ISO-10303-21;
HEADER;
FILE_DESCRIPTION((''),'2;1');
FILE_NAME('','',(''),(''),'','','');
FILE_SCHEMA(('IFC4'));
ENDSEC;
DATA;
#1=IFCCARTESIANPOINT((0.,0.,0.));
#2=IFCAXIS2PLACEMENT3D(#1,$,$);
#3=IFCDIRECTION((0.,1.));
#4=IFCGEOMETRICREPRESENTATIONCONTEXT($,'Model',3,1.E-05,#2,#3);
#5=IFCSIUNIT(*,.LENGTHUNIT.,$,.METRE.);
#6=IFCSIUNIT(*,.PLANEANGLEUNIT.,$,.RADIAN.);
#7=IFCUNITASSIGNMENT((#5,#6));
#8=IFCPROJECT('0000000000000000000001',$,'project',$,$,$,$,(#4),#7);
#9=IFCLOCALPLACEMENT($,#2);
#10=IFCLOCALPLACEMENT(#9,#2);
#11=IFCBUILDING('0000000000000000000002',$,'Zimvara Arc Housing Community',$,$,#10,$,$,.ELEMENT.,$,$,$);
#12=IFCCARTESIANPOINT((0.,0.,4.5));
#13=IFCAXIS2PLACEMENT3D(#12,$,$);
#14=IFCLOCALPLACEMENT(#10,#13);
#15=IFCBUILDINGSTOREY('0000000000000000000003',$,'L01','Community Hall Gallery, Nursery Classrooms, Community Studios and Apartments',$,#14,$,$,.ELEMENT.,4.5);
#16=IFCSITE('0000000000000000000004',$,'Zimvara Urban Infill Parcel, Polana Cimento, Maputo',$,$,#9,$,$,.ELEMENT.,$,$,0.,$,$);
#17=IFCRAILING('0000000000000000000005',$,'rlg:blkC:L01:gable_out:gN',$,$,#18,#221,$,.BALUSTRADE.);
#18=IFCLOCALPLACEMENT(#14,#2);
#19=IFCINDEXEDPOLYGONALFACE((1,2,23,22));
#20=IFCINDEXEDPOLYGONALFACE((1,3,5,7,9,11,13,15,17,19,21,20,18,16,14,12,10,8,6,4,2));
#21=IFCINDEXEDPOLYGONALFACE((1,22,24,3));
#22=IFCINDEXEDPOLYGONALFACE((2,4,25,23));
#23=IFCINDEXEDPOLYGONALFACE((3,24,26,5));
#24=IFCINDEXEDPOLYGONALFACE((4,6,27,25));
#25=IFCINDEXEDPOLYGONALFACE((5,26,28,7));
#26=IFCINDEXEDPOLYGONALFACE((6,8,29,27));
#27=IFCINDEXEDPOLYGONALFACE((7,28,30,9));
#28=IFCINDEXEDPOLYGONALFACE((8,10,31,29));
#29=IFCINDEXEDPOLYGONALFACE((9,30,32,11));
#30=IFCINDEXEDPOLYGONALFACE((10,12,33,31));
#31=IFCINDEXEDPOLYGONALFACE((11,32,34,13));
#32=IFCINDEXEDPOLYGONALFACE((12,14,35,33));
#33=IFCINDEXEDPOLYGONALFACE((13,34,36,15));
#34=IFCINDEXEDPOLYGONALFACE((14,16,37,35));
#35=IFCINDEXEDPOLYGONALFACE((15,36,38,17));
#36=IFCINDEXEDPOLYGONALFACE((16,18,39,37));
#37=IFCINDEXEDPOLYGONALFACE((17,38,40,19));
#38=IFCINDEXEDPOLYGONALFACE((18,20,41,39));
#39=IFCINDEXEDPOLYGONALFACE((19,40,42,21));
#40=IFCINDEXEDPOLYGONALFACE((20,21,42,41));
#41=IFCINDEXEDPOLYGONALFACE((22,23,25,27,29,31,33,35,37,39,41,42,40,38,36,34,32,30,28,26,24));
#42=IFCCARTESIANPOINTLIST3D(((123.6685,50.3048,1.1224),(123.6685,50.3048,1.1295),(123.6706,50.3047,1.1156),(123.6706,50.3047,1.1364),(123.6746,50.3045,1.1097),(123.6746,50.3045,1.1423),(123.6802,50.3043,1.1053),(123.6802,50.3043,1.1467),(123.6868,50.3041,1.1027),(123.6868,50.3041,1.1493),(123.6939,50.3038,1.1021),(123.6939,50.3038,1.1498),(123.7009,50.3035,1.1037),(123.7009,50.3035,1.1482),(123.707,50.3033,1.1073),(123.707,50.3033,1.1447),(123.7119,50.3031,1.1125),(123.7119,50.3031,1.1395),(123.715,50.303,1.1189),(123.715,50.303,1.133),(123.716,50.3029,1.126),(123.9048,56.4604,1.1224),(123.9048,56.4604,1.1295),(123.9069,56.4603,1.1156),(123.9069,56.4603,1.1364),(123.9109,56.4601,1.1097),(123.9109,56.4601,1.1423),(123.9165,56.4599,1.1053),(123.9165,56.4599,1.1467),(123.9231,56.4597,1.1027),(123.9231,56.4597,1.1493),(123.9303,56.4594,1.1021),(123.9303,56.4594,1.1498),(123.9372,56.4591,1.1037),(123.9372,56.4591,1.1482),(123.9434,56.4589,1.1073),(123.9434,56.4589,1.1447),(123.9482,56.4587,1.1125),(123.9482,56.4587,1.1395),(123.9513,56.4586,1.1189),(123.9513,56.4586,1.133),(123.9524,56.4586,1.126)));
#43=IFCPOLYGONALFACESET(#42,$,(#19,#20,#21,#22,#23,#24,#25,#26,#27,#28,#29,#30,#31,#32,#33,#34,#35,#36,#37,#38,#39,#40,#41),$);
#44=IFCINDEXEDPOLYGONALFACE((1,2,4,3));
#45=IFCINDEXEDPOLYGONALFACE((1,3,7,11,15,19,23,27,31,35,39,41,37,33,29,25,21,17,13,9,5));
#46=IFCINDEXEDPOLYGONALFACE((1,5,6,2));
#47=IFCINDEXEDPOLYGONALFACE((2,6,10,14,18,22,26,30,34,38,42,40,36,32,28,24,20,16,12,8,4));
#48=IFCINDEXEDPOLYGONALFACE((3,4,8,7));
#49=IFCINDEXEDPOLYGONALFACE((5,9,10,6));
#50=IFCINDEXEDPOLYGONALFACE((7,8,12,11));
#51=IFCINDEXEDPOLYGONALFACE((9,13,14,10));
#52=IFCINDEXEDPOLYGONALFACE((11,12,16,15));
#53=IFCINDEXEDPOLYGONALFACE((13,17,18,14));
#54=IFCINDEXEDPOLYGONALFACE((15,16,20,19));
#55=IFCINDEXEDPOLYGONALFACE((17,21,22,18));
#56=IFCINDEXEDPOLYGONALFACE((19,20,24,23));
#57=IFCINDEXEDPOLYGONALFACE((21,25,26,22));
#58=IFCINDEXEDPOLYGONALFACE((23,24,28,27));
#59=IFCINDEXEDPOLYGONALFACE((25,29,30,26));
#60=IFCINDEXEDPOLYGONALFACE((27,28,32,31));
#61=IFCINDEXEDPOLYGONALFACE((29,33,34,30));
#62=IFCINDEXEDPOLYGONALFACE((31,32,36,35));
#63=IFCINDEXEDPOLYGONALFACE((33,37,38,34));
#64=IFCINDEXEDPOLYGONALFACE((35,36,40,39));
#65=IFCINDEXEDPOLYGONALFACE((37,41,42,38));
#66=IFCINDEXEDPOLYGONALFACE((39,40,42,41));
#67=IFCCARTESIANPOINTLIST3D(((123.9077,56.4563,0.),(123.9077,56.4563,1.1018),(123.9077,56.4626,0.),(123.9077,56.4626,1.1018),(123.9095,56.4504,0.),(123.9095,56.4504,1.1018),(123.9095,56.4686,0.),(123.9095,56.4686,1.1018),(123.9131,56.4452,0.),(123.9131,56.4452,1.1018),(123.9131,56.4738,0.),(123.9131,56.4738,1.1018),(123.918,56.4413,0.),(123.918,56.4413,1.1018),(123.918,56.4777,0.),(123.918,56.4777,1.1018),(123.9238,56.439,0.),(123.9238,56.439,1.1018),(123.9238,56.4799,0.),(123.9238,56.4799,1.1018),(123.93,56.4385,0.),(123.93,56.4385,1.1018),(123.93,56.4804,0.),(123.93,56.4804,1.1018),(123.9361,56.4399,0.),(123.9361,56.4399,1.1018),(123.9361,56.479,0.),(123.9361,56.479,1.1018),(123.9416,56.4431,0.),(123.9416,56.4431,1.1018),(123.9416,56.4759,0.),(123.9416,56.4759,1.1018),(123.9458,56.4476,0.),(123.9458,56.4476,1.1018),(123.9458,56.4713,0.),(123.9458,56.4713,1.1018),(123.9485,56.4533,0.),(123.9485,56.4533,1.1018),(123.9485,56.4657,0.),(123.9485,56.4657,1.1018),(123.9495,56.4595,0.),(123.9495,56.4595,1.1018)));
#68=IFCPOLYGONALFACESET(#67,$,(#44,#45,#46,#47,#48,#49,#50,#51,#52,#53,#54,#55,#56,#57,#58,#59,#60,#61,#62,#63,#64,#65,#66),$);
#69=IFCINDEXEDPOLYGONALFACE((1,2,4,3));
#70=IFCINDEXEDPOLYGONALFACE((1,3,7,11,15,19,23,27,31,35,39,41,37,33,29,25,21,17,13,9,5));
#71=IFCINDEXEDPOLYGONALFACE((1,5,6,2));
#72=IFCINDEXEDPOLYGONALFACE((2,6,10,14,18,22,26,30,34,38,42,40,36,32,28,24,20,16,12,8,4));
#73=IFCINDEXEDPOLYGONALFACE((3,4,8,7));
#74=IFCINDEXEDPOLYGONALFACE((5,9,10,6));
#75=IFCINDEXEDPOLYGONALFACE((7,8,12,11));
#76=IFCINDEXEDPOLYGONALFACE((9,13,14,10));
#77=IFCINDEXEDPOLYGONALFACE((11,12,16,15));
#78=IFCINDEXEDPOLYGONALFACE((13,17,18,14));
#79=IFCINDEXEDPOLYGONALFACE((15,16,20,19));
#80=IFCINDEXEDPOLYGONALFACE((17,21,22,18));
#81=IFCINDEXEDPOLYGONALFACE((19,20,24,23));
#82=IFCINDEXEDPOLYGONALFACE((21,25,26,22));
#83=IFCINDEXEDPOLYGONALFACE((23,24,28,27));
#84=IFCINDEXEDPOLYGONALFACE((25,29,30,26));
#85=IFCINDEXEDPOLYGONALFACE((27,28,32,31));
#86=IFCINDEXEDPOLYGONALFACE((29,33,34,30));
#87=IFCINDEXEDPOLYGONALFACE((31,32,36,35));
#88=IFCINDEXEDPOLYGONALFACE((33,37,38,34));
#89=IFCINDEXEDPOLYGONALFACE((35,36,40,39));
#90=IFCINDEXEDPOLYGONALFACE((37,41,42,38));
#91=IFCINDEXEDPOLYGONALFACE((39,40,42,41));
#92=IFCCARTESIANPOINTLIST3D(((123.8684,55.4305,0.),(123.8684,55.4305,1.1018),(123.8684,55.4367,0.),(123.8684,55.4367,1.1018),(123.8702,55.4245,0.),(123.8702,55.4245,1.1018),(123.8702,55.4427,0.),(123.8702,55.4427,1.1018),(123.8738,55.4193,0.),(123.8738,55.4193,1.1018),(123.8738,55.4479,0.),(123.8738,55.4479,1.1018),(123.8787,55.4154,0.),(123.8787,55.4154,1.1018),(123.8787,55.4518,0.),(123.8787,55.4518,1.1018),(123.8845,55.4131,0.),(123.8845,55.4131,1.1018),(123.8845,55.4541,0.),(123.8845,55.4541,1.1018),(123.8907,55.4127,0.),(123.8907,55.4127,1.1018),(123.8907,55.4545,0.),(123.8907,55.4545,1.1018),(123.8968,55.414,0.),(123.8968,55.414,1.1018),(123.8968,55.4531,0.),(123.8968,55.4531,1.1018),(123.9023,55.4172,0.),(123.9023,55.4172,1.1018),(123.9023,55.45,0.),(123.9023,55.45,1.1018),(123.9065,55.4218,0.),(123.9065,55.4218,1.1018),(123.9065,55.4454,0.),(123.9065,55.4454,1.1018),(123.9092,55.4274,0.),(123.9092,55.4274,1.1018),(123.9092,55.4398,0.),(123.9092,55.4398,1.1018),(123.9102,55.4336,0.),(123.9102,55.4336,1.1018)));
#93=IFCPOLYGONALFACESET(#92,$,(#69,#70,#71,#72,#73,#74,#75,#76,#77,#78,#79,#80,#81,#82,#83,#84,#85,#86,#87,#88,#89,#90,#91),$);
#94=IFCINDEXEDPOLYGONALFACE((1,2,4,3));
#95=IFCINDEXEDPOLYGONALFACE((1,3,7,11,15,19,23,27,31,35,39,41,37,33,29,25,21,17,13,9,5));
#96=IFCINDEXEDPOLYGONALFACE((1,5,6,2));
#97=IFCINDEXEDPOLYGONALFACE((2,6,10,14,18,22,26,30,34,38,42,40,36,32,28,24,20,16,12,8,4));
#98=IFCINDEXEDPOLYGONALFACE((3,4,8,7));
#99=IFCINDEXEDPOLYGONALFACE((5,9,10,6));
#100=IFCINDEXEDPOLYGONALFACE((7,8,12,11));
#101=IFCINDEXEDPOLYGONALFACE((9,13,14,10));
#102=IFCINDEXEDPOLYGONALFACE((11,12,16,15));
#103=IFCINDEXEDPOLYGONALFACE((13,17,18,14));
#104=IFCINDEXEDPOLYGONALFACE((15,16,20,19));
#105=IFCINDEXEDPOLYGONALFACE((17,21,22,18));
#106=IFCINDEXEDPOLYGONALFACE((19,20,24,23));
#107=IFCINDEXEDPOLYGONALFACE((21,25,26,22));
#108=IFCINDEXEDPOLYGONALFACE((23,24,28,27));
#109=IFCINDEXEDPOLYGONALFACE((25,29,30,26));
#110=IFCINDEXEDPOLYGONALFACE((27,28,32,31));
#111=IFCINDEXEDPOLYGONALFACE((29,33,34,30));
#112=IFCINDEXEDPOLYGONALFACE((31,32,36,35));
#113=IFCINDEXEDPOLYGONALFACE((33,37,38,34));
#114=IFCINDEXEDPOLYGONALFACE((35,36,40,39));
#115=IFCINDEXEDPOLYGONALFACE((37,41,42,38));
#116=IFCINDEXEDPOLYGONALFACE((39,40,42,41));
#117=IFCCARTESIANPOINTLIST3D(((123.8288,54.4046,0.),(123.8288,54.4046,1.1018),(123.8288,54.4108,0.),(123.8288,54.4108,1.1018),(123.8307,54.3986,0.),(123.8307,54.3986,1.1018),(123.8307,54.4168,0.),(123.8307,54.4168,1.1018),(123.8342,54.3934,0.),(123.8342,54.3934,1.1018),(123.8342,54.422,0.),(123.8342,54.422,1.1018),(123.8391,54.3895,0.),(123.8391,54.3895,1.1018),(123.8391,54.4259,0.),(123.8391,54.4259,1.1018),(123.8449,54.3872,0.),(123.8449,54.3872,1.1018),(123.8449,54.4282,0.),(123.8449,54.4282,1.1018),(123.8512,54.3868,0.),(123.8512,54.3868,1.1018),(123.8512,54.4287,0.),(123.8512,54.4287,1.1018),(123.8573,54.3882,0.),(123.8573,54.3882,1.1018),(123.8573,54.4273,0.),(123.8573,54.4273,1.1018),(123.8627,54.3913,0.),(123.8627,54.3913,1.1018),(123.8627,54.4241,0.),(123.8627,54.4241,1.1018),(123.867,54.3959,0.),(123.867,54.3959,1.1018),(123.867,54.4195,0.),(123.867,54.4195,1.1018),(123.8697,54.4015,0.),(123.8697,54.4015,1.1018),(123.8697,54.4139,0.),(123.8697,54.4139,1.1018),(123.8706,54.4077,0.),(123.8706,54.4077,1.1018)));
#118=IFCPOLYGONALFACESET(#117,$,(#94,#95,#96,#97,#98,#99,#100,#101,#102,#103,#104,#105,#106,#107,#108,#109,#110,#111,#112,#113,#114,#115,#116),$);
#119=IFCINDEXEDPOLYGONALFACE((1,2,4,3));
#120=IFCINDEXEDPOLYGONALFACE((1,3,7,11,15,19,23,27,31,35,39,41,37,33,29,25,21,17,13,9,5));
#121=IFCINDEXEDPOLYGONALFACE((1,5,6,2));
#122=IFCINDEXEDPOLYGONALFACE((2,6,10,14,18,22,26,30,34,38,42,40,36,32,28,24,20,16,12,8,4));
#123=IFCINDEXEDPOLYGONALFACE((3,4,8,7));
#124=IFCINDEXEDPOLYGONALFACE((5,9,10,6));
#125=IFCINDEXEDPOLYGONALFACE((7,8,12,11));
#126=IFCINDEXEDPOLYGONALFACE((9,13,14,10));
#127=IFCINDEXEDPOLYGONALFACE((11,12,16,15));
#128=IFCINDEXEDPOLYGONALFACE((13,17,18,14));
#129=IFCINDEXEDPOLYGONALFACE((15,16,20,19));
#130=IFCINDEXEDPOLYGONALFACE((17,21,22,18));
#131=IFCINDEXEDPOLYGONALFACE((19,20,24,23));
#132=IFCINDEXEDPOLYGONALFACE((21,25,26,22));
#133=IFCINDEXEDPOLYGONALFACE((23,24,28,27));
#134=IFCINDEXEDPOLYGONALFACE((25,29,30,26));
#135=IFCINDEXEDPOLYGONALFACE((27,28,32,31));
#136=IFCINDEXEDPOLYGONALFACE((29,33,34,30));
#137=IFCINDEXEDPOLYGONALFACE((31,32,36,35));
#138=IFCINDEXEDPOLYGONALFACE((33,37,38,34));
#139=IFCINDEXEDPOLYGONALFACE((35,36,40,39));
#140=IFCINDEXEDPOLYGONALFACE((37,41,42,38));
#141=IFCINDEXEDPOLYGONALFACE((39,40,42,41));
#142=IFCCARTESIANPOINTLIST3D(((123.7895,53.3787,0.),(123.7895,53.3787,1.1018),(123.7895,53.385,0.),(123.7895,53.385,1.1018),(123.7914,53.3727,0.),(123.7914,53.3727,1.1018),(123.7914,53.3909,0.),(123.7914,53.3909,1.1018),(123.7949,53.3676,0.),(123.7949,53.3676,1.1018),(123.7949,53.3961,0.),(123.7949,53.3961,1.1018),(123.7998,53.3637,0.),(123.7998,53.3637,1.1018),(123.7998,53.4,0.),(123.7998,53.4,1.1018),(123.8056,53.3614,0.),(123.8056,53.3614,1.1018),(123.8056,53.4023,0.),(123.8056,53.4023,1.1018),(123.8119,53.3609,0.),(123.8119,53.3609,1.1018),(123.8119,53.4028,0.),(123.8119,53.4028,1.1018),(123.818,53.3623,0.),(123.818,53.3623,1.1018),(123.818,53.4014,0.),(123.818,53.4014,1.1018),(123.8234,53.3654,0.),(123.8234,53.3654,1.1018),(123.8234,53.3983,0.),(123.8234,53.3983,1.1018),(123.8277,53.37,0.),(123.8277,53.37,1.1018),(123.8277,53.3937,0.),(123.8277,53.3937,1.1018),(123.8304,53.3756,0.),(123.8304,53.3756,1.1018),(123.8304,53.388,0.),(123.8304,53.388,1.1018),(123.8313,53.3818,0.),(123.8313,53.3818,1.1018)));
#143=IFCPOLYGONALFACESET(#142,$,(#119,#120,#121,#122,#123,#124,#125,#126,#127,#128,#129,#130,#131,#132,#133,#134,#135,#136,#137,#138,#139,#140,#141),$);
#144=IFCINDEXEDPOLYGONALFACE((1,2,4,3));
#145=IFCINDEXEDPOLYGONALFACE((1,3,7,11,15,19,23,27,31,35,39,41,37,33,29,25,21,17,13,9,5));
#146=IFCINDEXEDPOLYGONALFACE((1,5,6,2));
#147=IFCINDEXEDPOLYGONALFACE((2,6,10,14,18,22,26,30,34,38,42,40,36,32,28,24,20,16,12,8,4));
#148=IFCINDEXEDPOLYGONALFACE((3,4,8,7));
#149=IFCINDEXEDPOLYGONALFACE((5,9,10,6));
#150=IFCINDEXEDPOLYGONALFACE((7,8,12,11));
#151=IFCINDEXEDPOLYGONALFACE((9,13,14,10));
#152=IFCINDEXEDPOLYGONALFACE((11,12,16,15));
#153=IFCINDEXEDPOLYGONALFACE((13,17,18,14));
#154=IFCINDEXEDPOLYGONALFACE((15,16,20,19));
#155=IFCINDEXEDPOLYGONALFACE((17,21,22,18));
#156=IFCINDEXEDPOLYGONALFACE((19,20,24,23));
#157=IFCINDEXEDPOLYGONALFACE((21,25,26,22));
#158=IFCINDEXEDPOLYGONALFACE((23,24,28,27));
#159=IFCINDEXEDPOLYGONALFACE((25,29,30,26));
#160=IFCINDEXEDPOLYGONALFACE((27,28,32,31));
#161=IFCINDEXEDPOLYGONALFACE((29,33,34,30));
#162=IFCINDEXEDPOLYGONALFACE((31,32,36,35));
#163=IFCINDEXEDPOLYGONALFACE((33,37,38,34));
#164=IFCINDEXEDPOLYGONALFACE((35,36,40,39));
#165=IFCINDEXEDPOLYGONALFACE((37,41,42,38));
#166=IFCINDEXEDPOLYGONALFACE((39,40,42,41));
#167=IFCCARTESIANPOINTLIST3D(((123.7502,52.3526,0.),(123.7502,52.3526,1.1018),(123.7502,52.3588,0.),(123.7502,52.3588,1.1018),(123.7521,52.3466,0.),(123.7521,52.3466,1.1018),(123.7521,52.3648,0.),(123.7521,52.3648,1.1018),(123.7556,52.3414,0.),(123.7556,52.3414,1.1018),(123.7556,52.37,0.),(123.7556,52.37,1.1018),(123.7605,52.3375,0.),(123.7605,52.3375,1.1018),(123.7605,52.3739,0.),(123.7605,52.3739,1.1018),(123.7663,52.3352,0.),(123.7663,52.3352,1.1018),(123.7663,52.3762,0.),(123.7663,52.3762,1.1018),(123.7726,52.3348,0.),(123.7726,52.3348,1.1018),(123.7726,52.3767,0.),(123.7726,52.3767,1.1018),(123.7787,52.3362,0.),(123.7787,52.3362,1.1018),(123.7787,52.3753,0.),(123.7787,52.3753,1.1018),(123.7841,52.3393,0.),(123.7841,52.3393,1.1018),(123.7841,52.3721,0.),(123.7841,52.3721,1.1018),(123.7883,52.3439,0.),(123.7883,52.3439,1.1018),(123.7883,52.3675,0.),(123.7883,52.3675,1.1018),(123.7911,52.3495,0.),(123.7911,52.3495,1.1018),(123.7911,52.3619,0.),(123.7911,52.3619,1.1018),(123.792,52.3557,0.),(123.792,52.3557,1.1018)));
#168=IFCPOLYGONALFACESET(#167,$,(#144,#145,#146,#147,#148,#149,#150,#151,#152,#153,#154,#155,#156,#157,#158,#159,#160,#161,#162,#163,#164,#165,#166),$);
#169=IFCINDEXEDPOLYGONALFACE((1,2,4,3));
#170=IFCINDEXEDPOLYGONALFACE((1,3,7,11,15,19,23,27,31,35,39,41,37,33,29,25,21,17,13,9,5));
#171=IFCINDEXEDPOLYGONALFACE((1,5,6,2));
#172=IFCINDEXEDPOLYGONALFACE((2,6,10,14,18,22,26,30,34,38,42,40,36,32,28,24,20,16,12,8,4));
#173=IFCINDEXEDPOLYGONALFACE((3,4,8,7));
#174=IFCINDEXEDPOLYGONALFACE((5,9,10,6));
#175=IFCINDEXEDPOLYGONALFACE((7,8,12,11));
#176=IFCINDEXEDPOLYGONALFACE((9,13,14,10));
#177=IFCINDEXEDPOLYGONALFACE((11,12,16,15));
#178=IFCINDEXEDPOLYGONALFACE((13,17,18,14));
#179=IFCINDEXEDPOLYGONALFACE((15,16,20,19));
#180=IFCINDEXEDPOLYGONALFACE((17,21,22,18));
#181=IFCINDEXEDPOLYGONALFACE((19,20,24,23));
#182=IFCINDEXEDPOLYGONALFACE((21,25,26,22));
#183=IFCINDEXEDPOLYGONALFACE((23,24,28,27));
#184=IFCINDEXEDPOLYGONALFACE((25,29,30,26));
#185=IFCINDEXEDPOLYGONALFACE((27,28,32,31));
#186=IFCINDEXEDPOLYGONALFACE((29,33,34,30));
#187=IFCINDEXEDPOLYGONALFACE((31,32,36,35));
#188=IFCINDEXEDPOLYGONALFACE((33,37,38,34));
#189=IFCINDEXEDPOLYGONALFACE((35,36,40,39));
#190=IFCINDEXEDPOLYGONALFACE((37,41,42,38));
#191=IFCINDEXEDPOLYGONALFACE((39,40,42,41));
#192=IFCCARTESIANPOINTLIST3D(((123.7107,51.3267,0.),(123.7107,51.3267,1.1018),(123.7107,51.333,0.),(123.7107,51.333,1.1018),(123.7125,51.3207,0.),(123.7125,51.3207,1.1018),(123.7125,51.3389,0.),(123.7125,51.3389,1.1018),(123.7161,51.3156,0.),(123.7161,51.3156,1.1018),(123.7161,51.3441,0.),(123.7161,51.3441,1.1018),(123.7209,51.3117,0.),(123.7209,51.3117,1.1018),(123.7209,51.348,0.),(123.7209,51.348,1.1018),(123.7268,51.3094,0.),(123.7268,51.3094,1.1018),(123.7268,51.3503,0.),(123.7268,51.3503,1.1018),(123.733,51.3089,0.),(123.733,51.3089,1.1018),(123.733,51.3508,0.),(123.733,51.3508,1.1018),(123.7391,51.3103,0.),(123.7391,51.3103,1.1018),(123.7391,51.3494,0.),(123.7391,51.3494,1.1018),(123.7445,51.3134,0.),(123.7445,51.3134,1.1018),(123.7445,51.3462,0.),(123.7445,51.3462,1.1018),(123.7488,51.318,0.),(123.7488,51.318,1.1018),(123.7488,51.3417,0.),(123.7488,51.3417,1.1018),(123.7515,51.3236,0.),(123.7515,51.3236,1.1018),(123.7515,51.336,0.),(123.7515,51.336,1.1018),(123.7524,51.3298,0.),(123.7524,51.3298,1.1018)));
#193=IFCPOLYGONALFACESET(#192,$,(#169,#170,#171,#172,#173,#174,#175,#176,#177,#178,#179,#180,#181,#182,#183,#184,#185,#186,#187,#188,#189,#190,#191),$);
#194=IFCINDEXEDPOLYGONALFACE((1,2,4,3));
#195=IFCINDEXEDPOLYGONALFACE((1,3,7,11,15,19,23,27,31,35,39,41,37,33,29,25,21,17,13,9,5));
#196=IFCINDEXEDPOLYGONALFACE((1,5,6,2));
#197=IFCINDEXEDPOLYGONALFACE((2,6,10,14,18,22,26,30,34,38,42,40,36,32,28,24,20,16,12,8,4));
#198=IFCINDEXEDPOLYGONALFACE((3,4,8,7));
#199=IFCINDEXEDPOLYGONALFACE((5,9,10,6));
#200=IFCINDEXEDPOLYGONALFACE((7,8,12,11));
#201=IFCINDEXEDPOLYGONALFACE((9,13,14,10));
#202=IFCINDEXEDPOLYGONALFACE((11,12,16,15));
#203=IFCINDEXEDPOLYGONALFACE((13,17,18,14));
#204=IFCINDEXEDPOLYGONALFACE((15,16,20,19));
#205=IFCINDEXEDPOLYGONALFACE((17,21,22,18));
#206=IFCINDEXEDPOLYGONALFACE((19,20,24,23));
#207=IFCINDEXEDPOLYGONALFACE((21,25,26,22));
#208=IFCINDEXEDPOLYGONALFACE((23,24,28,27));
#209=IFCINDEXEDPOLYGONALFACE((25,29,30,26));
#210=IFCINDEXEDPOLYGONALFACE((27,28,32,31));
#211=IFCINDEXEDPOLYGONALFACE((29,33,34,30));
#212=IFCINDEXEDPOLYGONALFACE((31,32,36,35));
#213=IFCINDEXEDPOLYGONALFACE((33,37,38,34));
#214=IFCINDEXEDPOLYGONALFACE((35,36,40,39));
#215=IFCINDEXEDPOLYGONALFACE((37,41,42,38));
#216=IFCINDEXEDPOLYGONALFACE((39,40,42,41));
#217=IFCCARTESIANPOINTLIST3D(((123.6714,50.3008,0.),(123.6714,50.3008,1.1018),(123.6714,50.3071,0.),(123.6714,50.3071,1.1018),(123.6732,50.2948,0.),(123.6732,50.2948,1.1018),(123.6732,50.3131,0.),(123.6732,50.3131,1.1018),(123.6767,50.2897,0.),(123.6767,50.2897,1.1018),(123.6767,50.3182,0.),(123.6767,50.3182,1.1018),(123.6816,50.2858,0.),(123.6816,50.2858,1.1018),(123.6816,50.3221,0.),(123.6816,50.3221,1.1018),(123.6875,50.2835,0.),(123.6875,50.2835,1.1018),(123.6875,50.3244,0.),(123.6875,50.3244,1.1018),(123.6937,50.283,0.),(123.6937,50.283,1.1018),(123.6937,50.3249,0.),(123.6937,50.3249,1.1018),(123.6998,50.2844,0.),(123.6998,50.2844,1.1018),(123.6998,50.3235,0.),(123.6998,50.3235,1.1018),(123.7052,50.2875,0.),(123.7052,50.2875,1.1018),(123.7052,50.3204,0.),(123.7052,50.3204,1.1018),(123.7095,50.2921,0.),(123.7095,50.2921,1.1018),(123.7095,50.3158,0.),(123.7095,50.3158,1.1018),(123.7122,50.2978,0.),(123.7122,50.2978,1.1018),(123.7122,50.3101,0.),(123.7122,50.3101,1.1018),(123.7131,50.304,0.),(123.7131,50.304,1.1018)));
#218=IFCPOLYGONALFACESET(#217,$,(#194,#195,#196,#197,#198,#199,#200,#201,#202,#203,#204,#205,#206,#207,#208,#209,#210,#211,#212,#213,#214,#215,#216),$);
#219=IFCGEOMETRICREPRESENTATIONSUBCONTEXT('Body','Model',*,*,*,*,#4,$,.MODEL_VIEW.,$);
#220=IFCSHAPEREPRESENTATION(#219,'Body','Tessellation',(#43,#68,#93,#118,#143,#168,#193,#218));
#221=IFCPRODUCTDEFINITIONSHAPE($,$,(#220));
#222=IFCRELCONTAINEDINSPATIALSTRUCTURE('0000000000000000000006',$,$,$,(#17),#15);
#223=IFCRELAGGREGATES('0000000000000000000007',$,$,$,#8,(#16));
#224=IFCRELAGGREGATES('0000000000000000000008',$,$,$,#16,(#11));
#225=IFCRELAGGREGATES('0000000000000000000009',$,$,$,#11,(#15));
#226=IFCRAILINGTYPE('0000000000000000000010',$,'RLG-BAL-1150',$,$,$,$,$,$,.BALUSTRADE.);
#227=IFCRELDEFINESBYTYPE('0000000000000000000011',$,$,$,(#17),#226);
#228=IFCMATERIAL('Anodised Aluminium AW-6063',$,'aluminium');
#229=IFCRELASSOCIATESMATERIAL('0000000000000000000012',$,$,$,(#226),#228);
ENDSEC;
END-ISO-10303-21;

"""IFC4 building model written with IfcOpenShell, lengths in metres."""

from ifc_helpers import new_model, si_unit, direction, frame, origin, origin_2d, place, context, subcontext, project, spatial, circle, extrude, material, type_object, element, save


model = new_model("IFC4")

# Units and contexts
model_context = context("Model", 3, precision=1e-05, world=origin(), true_north=direction((0.0, 1.0)))
body_context = subcontext(model_context, "Body", "Model", "MODEL_VIEW")
ifc_project = project(units=[si_unit("LENGTHUNIT", "METRE"), si_unit("PLANEANGLEUNIT", "RADIAN")], contexts=[model_context])

# Site, building, storey
site_placement = place(None, origin())
site = spatial("IfcSite", under=ifc_project, at=site_placement, Name="Zimvara Urban Infill Parcel, Polana Cimento, Maputo", CompositionType="ELEMENT", RefElevation=0.0)
building_placement = place(site_placement, origin())
building = spatial("IfcBuilding", under=site, at=building_placement, Name="Zimvara Arc Housing Community", CompositionType="ELEMENT")
storey_placement = place(building_placement, frame((0.0, 0.0, 4.5)))
storey = spatial("IfcBuildingStorey", under=building, at=storey_placement, Name="L01", Description="Community Hall Gallery, Nursery Classrooms, Community Studios and Apartments", CompositionType="ELEMENT", Elevation=4.5)

# Railing
ifc_material_1 = material(Name="Anodised Aluminium AW-6063", Category="aluminium")
railing_type = type_object("IfcRailingType", Name="RLG-BAL-1150", PredefinedType="BALUSTRADE", material=ifc_material_1)
railing_1_placement = place(storey_placement, frame((123.9285, 56.4595, 0.0)))
element("IfcRailing", 1, at=railing_1_placement, inside=storey, type_object=railing_type, Name="rlg:blkC:L01:gable_out:gN", PredefinedType="BALUSTRADE", context=body_context, shape_type="SweptSolid", body=[
    extrude(circle(Radius=0.0239, at=origin_2d()), frame((0.0, 0.0, 1.126), z_axis=(-0.038365, -0.999264, 0.0), x_axis=(0.999264, -0.038365, 0.0)), (0.0, 0.0, 1.0), 6.1602),
    extrude(circle(Radius=0.021, at=origin_2d()), origin(), (0.0, 0.0, 1.0), 1.1018),
    extrude(circle(Radius=0.021, at=origin_2d()), frame((-0.0393, -1.0259, 0.0)), (0.0, 0.0, 1.0), 1.1018),
    extrude(circle(Radius=0.021, at=origin_2d()), frame((-0.0789, -2.0518, 0.0)), (0.0, 0.0, 1.0), 1.1018),
    extrude(circle(Radius=0.021, at=origin_2d()), frame((-0.1182, -3.0776, 0.0)), (0.0, 0.0, 1.0), 1.1018),
    extrude(circle(Radius=0.021, at=origin_2d()), frame((-0.1575, -4.1038, 0.0)), (0.0, 0.0, 1.0), 1.1018),
    extrude(circle(Radius=0.021, at=origin_2d()), frame((-0.197, -5.1296, 0.0)), (0.0, 0.0, 1.0), 1.1018),
    extrude(circle(Radius=0.021, at=origin_2d()), frame((-0.2363, -6.1555, 0.0)), (0.0, 0.0, 1.0), 1.1018),
])

save(model, "model.ifc")
